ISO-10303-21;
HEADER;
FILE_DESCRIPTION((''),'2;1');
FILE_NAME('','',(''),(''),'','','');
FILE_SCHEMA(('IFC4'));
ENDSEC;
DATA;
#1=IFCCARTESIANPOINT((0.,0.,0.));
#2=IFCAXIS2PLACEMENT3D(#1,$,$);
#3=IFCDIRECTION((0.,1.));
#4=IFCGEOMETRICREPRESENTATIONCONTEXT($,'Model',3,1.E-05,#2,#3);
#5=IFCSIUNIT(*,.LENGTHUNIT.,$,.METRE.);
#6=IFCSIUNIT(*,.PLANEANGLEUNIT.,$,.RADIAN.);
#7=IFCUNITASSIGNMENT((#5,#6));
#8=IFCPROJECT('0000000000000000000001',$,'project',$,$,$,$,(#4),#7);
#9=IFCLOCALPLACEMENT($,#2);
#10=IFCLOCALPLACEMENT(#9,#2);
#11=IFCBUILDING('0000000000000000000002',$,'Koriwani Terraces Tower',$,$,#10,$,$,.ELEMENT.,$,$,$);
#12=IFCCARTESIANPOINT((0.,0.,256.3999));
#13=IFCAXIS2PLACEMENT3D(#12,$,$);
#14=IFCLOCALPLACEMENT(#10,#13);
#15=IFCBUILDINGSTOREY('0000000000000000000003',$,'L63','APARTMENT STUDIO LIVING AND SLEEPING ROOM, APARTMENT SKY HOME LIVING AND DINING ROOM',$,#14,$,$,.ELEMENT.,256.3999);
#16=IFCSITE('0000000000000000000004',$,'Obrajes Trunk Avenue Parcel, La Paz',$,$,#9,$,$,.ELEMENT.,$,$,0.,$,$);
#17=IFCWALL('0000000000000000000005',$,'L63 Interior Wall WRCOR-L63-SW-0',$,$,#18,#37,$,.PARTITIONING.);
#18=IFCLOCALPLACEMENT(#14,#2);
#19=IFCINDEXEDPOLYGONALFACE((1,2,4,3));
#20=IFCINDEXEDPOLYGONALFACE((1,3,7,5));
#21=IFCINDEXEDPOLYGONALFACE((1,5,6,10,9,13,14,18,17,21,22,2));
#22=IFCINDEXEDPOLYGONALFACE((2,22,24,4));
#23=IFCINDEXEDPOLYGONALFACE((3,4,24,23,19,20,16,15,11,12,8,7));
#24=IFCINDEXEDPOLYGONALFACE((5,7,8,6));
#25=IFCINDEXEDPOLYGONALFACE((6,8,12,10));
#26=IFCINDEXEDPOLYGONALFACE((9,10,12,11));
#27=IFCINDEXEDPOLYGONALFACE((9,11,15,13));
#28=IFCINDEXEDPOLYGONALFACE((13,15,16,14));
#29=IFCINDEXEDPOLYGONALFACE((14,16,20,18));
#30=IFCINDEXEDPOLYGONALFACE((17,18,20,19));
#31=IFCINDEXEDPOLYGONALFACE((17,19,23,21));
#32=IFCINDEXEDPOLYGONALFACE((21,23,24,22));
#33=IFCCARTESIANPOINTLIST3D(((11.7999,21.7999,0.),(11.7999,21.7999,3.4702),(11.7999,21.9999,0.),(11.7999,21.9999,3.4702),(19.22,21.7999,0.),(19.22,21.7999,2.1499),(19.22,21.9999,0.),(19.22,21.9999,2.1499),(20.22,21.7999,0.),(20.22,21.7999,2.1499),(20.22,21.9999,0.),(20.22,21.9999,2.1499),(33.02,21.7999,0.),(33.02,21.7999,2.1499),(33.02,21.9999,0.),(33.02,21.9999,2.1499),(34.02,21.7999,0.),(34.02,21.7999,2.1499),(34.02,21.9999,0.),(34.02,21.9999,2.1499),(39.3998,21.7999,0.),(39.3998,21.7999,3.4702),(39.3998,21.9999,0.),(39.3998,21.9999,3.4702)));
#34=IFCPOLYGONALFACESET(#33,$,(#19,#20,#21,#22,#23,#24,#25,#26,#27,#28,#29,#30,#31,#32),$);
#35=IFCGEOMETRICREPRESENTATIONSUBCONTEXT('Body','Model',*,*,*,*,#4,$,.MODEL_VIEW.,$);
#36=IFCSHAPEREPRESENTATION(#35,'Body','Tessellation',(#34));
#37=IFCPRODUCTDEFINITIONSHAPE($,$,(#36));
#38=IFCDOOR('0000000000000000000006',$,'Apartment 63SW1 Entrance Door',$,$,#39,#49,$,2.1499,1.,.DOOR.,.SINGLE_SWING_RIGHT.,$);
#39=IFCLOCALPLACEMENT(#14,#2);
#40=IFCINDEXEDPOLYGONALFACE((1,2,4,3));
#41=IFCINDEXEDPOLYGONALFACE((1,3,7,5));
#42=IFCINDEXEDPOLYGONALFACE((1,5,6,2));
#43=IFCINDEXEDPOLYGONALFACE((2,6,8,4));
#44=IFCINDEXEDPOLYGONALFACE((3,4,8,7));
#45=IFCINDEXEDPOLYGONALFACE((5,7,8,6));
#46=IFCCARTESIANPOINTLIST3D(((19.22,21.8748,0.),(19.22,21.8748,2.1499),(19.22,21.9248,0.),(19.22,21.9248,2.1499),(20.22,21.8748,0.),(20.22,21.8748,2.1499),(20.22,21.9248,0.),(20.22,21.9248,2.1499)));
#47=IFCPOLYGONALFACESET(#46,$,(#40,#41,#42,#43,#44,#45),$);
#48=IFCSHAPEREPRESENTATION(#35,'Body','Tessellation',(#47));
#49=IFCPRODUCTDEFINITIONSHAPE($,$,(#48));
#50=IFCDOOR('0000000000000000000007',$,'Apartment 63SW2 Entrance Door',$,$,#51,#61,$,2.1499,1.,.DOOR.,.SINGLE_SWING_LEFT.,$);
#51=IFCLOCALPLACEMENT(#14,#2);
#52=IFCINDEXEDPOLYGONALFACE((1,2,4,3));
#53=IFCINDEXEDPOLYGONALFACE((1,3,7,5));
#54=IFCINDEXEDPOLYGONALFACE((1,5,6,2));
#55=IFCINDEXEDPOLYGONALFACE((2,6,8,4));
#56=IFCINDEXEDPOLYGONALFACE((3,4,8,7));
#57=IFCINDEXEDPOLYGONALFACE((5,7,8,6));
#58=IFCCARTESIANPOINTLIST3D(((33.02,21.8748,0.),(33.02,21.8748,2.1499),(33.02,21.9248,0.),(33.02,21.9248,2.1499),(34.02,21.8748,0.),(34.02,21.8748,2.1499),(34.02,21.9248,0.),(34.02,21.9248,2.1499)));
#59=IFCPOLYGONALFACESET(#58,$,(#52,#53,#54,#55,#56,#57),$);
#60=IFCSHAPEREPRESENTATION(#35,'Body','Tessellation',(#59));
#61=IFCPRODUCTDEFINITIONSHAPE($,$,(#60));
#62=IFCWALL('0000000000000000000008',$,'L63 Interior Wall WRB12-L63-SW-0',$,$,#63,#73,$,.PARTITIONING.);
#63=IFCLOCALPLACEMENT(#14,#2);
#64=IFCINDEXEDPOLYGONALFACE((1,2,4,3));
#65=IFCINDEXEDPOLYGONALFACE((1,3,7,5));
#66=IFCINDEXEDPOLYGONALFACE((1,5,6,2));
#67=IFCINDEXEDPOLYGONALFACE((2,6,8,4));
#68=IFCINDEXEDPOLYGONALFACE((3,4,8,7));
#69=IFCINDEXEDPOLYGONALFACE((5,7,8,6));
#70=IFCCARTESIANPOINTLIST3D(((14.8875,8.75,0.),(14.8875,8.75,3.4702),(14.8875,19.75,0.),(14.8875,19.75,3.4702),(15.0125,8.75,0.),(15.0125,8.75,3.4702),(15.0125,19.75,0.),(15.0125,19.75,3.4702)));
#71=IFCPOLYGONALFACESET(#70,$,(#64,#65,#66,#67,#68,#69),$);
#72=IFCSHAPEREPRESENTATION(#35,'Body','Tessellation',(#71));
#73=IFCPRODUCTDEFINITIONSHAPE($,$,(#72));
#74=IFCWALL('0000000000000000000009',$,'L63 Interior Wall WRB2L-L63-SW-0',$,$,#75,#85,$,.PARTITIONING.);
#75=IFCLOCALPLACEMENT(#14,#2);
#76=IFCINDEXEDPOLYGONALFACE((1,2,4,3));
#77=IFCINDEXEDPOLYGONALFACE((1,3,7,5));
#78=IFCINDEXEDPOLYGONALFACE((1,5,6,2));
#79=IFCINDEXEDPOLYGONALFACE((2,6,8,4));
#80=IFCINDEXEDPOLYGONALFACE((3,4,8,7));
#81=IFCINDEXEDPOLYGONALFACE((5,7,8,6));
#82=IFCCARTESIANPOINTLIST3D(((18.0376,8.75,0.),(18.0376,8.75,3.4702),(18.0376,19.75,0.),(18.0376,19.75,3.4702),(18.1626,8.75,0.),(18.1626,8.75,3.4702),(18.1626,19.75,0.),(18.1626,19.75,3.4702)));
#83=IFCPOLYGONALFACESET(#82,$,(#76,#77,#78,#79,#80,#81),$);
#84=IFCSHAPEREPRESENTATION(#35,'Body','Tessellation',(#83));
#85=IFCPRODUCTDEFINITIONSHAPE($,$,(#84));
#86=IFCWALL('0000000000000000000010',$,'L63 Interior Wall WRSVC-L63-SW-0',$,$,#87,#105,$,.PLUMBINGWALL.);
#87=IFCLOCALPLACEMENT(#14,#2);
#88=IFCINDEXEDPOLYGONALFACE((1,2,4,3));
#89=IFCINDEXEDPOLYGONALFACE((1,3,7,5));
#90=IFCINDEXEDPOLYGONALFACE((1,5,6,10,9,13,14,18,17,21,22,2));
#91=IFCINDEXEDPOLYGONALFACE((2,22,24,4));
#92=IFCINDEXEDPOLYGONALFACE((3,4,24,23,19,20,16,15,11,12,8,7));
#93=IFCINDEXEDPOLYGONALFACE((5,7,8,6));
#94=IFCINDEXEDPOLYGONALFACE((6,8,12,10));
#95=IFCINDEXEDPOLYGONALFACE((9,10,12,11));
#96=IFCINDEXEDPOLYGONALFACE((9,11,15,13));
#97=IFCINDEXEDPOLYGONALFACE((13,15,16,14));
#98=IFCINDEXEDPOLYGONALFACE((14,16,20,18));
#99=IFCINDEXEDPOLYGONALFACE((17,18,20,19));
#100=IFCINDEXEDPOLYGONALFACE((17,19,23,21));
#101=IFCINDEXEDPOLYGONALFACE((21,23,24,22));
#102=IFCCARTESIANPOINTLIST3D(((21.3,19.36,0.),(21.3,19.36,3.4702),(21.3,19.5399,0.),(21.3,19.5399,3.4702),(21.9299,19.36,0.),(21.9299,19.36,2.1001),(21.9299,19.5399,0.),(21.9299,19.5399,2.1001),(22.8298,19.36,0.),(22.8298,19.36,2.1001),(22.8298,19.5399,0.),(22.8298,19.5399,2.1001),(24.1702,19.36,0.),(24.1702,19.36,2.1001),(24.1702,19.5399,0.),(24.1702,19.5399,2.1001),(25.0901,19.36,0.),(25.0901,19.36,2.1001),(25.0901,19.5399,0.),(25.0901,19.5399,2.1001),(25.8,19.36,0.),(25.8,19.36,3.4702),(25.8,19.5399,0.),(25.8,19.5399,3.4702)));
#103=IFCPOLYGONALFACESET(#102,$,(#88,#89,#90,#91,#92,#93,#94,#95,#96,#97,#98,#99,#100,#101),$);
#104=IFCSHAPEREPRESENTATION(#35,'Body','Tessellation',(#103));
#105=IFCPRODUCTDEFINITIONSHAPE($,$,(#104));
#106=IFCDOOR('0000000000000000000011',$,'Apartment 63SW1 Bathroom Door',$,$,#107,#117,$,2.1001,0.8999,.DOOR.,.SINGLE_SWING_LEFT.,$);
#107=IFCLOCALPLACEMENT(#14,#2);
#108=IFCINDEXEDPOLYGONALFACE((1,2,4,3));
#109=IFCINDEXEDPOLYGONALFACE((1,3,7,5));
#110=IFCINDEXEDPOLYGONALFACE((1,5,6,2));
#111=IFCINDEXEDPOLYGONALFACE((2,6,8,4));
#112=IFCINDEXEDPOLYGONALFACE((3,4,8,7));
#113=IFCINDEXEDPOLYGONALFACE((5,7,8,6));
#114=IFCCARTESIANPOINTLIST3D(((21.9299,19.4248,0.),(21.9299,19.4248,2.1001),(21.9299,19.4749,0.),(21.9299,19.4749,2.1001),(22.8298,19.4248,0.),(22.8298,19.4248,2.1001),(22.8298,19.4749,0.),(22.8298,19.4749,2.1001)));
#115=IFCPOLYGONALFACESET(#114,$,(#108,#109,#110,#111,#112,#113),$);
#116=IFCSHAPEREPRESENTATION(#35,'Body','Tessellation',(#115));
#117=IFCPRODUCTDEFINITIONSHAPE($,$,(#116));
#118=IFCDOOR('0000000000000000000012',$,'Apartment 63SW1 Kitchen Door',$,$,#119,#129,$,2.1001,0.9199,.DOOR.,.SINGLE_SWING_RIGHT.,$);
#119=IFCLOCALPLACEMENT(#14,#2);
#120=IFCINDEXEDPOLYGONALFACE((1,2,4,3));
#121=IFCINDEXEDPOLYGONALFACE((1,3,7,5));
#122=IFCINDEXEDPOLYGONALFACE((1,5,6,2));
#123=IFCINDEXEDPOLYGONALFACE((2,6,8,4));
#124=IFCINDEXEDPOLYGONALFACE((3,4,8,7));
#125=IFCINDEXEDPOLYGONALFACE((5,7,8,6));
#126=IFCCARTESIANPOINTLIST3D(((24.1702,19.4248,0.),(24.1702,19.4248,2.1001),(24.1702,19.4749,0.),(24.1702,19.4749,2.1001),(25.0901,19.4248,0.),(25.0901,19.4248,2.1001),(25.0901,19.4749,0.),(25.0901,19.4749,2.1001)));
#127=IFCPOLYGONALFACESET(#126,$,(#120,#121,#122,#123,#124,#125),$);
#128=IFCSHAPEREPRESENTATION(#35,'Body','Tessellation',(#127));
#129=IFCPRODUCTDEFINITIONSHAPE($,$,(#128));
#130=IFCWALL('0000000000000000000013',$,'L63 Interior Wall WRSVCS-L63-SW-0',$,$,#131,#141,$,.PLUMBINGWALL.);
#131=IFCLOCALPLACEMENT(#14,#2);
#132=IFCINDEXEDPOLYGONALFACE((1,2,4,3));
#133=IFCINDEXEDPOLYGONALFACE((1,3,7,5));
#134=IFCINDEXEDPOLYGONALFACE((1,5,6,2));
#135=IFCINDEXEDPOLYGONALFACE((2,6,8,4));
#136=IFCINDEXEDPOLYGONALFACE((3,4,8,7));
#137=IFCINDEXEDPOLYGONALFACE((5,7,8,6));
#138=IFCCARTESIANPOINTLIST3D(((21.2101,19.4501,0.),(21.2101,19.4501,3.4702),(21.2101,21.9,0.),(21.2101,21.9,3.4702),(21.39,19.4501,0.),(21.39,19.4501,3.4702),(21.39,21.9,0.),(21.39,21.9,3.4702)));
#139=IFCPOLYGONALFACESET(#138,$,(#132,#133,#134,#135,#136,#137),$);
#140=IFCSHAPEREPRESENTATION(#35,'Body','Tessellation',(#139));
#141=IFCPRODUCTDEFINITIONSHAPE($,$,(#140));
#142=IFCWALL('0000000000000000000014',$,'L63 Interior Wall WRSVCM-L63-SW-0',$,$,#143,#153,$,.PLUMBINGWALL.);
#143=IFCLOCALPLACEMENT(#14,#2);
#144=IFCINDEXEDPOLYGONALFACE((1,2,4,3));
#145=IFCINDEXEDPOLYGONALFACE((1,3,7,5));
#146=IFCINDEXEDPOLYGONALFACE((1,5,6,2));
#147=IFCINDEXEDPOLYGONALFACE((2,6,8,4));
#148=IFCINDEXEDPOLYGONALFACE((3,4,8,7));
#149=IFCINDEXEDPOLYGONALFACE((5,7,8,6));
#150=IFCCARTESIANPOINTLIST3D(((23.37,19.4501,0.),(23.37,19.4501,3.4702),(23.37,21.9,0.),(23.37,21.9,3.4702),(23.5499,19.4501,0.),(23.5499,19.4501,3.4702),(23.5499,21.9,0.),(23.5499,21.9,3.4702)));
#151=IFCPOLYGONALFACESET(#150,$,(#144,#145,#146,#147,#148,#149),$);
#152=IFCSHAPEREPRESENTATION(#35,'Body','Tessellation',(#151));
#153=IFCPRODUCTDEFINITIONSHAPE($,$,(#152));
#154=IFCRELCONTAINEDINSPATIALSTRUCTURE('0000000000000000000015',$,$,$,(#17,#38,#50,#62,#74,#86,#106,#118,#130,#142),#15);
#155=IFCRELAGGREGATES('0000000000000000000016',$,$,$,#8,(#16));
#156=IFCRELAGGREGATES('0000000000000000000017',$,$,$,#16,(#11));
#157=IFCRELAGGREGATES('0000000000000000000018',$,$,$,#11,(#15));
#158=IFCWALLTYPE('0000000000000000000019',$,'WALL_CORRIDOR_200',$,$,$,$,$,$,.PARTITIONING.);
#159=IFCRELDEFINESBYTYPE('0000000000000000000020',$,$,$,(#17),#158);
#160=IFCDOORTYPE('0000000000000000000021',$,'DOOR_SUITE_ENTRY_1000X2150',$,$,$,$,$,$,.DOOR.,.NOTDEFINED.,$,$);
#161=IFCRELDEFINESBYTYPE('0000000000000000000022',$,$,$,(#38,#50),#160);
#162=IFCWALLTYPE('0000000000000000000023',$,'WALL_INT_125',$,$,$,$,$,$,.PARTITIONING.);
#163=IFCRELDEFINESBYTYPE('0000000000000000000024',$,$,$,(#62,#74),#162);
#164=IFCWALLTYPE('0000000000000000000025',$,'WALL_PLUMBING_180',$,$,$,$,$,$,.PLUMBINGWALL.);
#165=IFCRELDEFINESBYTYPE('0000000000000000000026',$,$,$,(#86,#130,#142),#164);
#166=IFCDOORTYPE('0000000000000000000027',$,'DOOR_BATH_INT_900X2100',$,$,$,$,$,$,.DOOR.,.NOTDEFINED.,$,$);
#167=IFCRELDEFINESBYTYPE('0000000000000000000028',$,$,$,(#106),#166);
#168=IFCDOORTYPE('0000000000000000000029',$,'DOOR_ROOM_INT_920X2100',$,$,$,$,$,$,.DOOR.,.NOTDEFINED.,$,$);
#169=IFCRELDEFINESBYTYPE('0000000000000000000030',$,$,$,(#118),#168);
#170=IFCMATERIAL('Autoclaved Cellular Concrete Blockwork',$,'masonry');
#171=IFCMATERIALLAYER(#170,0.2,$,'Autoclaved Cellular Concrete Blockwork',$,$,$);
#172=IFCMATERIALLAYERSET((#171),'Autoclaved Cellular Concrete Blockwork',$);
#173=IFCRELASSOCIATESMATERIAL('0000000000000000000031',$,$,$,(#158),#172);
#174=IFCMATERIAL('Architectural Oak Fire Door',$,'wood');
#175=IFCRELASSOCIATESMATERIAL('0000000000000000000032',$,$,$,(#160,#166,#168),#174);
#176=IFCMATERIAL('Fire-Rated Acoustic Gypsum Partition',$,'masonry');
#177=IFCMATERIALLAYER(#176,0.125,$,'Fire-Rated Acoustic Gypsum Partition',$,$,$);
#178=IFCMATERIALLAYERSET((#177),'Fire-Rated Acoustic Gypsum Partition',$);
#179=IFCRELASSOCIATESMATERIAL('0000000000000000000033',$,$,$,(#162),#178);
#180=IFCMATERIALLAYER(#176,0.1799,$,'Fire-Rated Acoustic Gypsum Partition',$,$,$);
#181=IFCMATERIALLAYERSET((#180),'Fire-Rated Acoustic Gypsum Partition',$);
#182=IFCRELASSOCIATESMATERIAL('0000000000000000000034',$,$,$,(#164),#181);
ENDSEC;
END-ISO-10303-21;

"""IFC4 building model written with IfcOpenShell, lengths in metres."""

from ifc_helpers import new_model, si_unit, direction, frame, frame_2d, origin, place, context, subcontext, project, spatial, rectangle, extrude, material, layer, layer_set, type_object, element, fill, save


model = new_model("IFC4")

# Units and contexts
model_context = context("Model", 3, precision=1e-05, world=origin(), true_north=direction((0.0, 1.0)))
body_context = subcontext(model_context, "Body", "Model", "MODEL_VIEW")
ifc_project = project(units=[si_unit("LENGTHUNIT", "METRE"), si_unit("PLANEANGLEUNIT", "RADIAN")], contexts=[model_context])

# Site, building, storey
site_placement = place(None, origin())
site = spatial("IfcSite", under=ifc_project, at=site_placement, Name="Obrajes Trunk Avenue Parcel, La Paz", CompositionType="ELEMENT", RefElevation=0.0)
building_placement = place(site_placement, origin())
building = spatial("IfcBuilding", under=site, at=building_placement, Name="Koriwani Terraces Tower", CompositionType="ELEMENT")
storey_placement = place(building_placement, frame((0.0, 0.0, 256.3999)))
storey = spatial("IfcBuildingStorey", under=building, at=storey_placement, Name="L63", Description="APARTMENT STUDIO LIVING AND SLEEPING ROOM, APARTMENT SKY HOME LIVING AND DINING ROOM", CompositionType="ELEMENT", Elevation=256.3999)

# Wall, openings, doors
ifc_material_1 = material(Name="Autoclaved Cellular Concrete Blockwork", Category="masonry")
ifc_layer_1 = layer(ifc_material_1, 0.2, Name="Autoclaved Cellular Concrete Blockwork")
ifc_layer_set_1 = layer_set([ifc_layer_1], Name="Autoclaved Cellular Concrete Blockwork")
wall_type_1 = type_object("IfcWallType", Name="WALL_CORRIDOR_200", PredefinedType="PARTITIONING", material=ifc_layer_set_1)
wall_1_placement = place(storey_placement, frame((11.8, 21.8999, 0.0), z_axis=(0.0, 0.0, 1.0), x_axis=(1.0, 0.0, 0.0)))
wall_1 = element("IfcWall", 1, at=wall_1_placement, inside=storey, type_object=wall_type_1, Name="L63 Interior Wall WRCOR-L63-SW-0", PredefinedType="PARTITIONING", context=body_context, shape_type="SweptSolid", body=[
    extrude(rectangle(XDim=27.5999, YDim=0.2, at=frame_2d((13.7998, 0.0))), origin(), (0.0, 0.0, 1.0), 3.4702),
])
opening_1_placement = place(wall_1_placement, frame((7.4199, 0.0, 0.0)))
opening_1 = element("IfcOpeningElement", 2, at=opening_1_placement, cuts=wall_1, PredefinedType="OPENING", context=body_context, shape_type="SweptSolid", body=[
    extrude(rectangle(XDim=1.0, YDim=2.1499, at=frame_2d((0.5, 1.075))), frame((0.0, 0.1099, 0.0), z_axis=(0.0, -1.0, 0.0), x_axis=(1.0, 0.0, 0.0)), (0.0, 0.0, 1.0), 0.22),
])
opening_2_placement = place(wall_1_placement, frame((21.22, 0.0, 0.0)))
opening_2 = element("IfcOpeningElement", 3, at=opening_2_placement, cuts=wall_1, PredefinedType="OPENING", context=body_context, shape_type="SweptSolid", body=[
    extrude(rectangle(XDim=1.0, YDim=2.1499, at=frame_2d((0.5, 1.075))), frame((0.0, 0.1099, 0.0), z_axis=(0.0, -1.0, 0.0), x_axis=(1.0, 0.0, 0.0)), (0.0, 0.0, 1.0), 0.22),
])
ifc_material_2 = material(Name="Architectural Oak Fire Door", Category="wood")
door_type_1 = type_object("IfcDoorType", Name="DOOR_SUITE_ENTRY_1000X2150", OperationType="NOTDEFINED", PredefinedType="DOOR", material=ifc_material_2)
door_1_placement = place(opening_1_placement, origin())
door_1 = element("IfcDoor", 4, at=door_1_placement, inside=storey, type_object=door_type_1, Name="Apartment 63SW1 Entrance Door", OperationType="SINGLE_SWING_RIGHT", OverallHeight=2.1499, OverallWidth=1.0, PredefinedType="DOOR", context=body_context, shape_type="SweptSolid", body=[
    extrude(rectangle(XDim=1.0, YDim=2.1499, at=frame_2d((0.5, 1.075))), frame((0.0, 0.0249, 0.0), z_axis=(0.0, -1.0, 0.0), x_axis=(1.0, 0.0, 0.0)), (0.0, 0.0, 1.0), 0.05),
])
fill(opening_1, door_1)
door_2_placement = place(opening_2_placement, origin())
door_2 = element("IfcDoor", 5, at=door_2_placement, inside=storey, type_object=door_type_1, Name="Apartment 63SW2 Entrance Door", OperationType="SINGLE_SWING_LEFT", OverallHeight=2.1499, OverallWidth=1.0, PredefinedType="DOOR", context=body_context, shape_type="SweptSolid", body=[
    extrude(rectangle(XDim=1.0, YDim=2.1499, at=frame_2d((0.5, 1.075))), frame((0.0, 0.0249, 0.0), z_axis=(0.0, -1.0, 0.0), x_axis=(1.0, 0.0, 0.0)), (0.0, 0.0, 1.0), 0.05),
])
fill(opening_2, door_2)

# Walls
ifc_material_3 = material(Name="Fire-Rated Acoustic Gypsum Partition", Category="masonry")
ifc_layer_2 = layer(ifc_material_3, 0.125, Name="Fire-Rated Acoustic Gypsum Partition")
ifc_layer_set_2 = layer_set([ifc_layer_2], Name="Fire-Rated Acoustic Gypsum Partition")
wall_type_2 = type_object("IfcWallType", Name="WALL_INT_125", PredefinedType="PARTITIONING", material=ifc_layer_set_2)
for number, where, z_axis, x_axis, name in (
    (6, (14.95, 8.75, 0.0), (0.0, 0.0, 1.0), (0.0, 1.0, 0.0), "L63 Interior Wall WRB12-L63-SW-0"),
    (7, (18.1001, 8.75, 0.0), (0.0, 0.0, 1.0), (0.0, 1.0, 0.0), "L63 Interior Wall WRB2L-L63-SW-0"),
):
    element("IfcWall", number, at=place(storey_placement, frame(where, z_axis=z_axis, x_axis=x_axis)), inside=storey, type_object=wall_type_2, Name=name, PredefinedType="PARTITIONING", context=body_context, shape_type="SweptSolid", body=[
        extrude(rectangle(XDim=11.0, YDim=0.125, at=frame_2d((5.5, 0.0))), origin(), (0.0, 0.0, 1.0), 3.4702),
    ])

# Wall, openings, doors
ifc_layer_3 = layer(ifc_material_3, 0.1799, Name="Fire-Rated Acoustic Gypsum Partition")
ifc_layer_set_3 = layer_set([ifc_layer_3], Name="Fire-Rated Acoustic Gypsum Partition")
wall_type_3 = type_object("IfcWallType", Name="WALL_PLUMBING_180", PredefinedType="PLUMBINGWALL", material=ifc_layer_set_3)
wall_2_placement = place(storey_placement, frame((21.3, 19.45, 0.0), z_axis=(0.0, 0.0, 1.0), x_axis=(1.0, 0.0, 0.0)))
wall_2 = element("IfcWall", 8, at=wall_2_placement, inside=storey, type_object=wall_type_3, Name="L63 Interior Wall WRSVC-L63-SW-0", PredefinedType="PLUMBINGWALL", context=body_context, shape_type="SweptSolid", body=[
    extrude(rectangle(XDim=4.5, YDim=0.1799, at=frame_2d((2.25, 0.0))), origin(), (0.0, 0.0, 1.0), 3.4702),
])
opening_3_placement = place(wall_2_placement, frame((0.6299, 0.0, 0.0)))
opening_3 = element("IfcOpeningElement", 9, at=opening_3_placement, cuts=wall_2, PredefinedType="OPENING", context=body_context, shape_type="SweptSolid", body=[
    extrude(rectangle(XDim=0.8999, YDim=2.1001, at=frame_2d((0.45, 1.05))), frame((0.0, 0.1001, 0.0), z_axis=(0.0, -1.0, 0.0), x_axis=(1.0, 0.0, 0.0)), (0.0, 0.0, 1.0), 0.2),
])
opening_4_placement = place(wall_2_placement, frame((2.8701, 0.0, 0.0)))
opening_4 = element("IfcOpeningElement", 10, at=opening_4_placement, cuts=wall_2, PredefinedType="OPENING", context=body_context, shape_type="SweptSolid", body=[
    extrude(rectangle(XDim=0.9199, YDim=2.1001, at=frame_2d((0.46, 1.05))), frame((0.0, 0.1001, 0.0), z_axis=(0.0, -1.0, 0.0), x_axis=(1.0, 0.0, 0.0)), (0.0, 0.0, 1.0), 0.2),
])
door_type_2 = type_object("IfcDoorType", Name="DOOR_BATH_INT_900X2100", OperationType="NOTDEFINED", PredefinedType="DOOR", material=ifc_material_2)
door_3_placement = place(opening_3_placement, origin())
door_3 = element("IfcDoor", 11, at=door_3_placement, inside=storey, type_object=door_type_2, Name="Apartment 63SW1 Bathroom Door", OperationType="SINGLE_SWING_LEFT", OverallHeight=2.1001, OverallWidth=0.8999, PredefinedType="DOOR", context=body_context, shape_type="SweptSolid", body=[
    extrude(rectangle(XDim=0.8999, YDim=2.1001, at=frame_2d((0.45, 1.05))), frame((0.0, 0.0249, 0.0), z_axis=(0.0, -1.0, 0.0), x_axis=(1.0, 0.0, 0.0)), (0.0, 0.0, 1.0), 0.05),
])
fill(opening_3, door_3)
door_type_3 = type_object("IfcDoorType", Name="DOOR_ROOM_INT_920X2100", OperationType="NOTDEFINED", PredefinedType="DOOR", material=ifc_material_2)
door_4_placement = place(opening_4_placement, origin())
door_4 = element("IfcDoor", 12, at=door_4_placement, inside=storey, type_object=door_type_3, Name="Apartment 63SW1 Kitchen Door", OperationType="SINGLE_SWING_RIGHT", OverallHeight=2.1001, OverallWidth=0.9199, PredefinedType="DOOR", context=body_context, shape_type="SweptSolid", body=[
    extrude(rectangle(XDim=0.9199, YDim=2.1001, at=frame_2d((0.46, 1.05))), frame((0.0, 0.0249, 0.0), z_axis=(0.0, -1.0, 0.0), x_axis=(1.0, 0.0, 0.0)), (0.0, 0.0, 1.0), 0.05),
])
fill(opening_4, door_4)

# Walls
for number, where, z_axis, x_axis, name in (
    (13, (21.3, 19.45, 0.0), (0.0, 0.0, 1.0), (0.0, 1.0, 0.0), "L63 Interior Wall WRSVCS-L63-SW-0"),
    (14, (23.46, 19.45, 0.0), (0.0, 0.0, 1.0), (0.0, 1.0, 0.0), "L63 Interior Wall WRSVCM-L63-SW-0"),
):
    element("IfcWall", number, at=place(storey_placement, frame(where, z_axis=z_axis, x_axis=x_axis)), inside=storey, type_object=wall_type_3, Name=name, PredefinedType="PLUMBINGWALL", context=body_context, shape_type="SweptSolid", body=[
        extrude(rectangle(XDim=2.45, YDim=0.1799, at=frame_2d((1.2251, 0.0))), origin(), (0.0, 0.0, 1.0), 3.4702),
    ])

save(model, "model.ifc")
